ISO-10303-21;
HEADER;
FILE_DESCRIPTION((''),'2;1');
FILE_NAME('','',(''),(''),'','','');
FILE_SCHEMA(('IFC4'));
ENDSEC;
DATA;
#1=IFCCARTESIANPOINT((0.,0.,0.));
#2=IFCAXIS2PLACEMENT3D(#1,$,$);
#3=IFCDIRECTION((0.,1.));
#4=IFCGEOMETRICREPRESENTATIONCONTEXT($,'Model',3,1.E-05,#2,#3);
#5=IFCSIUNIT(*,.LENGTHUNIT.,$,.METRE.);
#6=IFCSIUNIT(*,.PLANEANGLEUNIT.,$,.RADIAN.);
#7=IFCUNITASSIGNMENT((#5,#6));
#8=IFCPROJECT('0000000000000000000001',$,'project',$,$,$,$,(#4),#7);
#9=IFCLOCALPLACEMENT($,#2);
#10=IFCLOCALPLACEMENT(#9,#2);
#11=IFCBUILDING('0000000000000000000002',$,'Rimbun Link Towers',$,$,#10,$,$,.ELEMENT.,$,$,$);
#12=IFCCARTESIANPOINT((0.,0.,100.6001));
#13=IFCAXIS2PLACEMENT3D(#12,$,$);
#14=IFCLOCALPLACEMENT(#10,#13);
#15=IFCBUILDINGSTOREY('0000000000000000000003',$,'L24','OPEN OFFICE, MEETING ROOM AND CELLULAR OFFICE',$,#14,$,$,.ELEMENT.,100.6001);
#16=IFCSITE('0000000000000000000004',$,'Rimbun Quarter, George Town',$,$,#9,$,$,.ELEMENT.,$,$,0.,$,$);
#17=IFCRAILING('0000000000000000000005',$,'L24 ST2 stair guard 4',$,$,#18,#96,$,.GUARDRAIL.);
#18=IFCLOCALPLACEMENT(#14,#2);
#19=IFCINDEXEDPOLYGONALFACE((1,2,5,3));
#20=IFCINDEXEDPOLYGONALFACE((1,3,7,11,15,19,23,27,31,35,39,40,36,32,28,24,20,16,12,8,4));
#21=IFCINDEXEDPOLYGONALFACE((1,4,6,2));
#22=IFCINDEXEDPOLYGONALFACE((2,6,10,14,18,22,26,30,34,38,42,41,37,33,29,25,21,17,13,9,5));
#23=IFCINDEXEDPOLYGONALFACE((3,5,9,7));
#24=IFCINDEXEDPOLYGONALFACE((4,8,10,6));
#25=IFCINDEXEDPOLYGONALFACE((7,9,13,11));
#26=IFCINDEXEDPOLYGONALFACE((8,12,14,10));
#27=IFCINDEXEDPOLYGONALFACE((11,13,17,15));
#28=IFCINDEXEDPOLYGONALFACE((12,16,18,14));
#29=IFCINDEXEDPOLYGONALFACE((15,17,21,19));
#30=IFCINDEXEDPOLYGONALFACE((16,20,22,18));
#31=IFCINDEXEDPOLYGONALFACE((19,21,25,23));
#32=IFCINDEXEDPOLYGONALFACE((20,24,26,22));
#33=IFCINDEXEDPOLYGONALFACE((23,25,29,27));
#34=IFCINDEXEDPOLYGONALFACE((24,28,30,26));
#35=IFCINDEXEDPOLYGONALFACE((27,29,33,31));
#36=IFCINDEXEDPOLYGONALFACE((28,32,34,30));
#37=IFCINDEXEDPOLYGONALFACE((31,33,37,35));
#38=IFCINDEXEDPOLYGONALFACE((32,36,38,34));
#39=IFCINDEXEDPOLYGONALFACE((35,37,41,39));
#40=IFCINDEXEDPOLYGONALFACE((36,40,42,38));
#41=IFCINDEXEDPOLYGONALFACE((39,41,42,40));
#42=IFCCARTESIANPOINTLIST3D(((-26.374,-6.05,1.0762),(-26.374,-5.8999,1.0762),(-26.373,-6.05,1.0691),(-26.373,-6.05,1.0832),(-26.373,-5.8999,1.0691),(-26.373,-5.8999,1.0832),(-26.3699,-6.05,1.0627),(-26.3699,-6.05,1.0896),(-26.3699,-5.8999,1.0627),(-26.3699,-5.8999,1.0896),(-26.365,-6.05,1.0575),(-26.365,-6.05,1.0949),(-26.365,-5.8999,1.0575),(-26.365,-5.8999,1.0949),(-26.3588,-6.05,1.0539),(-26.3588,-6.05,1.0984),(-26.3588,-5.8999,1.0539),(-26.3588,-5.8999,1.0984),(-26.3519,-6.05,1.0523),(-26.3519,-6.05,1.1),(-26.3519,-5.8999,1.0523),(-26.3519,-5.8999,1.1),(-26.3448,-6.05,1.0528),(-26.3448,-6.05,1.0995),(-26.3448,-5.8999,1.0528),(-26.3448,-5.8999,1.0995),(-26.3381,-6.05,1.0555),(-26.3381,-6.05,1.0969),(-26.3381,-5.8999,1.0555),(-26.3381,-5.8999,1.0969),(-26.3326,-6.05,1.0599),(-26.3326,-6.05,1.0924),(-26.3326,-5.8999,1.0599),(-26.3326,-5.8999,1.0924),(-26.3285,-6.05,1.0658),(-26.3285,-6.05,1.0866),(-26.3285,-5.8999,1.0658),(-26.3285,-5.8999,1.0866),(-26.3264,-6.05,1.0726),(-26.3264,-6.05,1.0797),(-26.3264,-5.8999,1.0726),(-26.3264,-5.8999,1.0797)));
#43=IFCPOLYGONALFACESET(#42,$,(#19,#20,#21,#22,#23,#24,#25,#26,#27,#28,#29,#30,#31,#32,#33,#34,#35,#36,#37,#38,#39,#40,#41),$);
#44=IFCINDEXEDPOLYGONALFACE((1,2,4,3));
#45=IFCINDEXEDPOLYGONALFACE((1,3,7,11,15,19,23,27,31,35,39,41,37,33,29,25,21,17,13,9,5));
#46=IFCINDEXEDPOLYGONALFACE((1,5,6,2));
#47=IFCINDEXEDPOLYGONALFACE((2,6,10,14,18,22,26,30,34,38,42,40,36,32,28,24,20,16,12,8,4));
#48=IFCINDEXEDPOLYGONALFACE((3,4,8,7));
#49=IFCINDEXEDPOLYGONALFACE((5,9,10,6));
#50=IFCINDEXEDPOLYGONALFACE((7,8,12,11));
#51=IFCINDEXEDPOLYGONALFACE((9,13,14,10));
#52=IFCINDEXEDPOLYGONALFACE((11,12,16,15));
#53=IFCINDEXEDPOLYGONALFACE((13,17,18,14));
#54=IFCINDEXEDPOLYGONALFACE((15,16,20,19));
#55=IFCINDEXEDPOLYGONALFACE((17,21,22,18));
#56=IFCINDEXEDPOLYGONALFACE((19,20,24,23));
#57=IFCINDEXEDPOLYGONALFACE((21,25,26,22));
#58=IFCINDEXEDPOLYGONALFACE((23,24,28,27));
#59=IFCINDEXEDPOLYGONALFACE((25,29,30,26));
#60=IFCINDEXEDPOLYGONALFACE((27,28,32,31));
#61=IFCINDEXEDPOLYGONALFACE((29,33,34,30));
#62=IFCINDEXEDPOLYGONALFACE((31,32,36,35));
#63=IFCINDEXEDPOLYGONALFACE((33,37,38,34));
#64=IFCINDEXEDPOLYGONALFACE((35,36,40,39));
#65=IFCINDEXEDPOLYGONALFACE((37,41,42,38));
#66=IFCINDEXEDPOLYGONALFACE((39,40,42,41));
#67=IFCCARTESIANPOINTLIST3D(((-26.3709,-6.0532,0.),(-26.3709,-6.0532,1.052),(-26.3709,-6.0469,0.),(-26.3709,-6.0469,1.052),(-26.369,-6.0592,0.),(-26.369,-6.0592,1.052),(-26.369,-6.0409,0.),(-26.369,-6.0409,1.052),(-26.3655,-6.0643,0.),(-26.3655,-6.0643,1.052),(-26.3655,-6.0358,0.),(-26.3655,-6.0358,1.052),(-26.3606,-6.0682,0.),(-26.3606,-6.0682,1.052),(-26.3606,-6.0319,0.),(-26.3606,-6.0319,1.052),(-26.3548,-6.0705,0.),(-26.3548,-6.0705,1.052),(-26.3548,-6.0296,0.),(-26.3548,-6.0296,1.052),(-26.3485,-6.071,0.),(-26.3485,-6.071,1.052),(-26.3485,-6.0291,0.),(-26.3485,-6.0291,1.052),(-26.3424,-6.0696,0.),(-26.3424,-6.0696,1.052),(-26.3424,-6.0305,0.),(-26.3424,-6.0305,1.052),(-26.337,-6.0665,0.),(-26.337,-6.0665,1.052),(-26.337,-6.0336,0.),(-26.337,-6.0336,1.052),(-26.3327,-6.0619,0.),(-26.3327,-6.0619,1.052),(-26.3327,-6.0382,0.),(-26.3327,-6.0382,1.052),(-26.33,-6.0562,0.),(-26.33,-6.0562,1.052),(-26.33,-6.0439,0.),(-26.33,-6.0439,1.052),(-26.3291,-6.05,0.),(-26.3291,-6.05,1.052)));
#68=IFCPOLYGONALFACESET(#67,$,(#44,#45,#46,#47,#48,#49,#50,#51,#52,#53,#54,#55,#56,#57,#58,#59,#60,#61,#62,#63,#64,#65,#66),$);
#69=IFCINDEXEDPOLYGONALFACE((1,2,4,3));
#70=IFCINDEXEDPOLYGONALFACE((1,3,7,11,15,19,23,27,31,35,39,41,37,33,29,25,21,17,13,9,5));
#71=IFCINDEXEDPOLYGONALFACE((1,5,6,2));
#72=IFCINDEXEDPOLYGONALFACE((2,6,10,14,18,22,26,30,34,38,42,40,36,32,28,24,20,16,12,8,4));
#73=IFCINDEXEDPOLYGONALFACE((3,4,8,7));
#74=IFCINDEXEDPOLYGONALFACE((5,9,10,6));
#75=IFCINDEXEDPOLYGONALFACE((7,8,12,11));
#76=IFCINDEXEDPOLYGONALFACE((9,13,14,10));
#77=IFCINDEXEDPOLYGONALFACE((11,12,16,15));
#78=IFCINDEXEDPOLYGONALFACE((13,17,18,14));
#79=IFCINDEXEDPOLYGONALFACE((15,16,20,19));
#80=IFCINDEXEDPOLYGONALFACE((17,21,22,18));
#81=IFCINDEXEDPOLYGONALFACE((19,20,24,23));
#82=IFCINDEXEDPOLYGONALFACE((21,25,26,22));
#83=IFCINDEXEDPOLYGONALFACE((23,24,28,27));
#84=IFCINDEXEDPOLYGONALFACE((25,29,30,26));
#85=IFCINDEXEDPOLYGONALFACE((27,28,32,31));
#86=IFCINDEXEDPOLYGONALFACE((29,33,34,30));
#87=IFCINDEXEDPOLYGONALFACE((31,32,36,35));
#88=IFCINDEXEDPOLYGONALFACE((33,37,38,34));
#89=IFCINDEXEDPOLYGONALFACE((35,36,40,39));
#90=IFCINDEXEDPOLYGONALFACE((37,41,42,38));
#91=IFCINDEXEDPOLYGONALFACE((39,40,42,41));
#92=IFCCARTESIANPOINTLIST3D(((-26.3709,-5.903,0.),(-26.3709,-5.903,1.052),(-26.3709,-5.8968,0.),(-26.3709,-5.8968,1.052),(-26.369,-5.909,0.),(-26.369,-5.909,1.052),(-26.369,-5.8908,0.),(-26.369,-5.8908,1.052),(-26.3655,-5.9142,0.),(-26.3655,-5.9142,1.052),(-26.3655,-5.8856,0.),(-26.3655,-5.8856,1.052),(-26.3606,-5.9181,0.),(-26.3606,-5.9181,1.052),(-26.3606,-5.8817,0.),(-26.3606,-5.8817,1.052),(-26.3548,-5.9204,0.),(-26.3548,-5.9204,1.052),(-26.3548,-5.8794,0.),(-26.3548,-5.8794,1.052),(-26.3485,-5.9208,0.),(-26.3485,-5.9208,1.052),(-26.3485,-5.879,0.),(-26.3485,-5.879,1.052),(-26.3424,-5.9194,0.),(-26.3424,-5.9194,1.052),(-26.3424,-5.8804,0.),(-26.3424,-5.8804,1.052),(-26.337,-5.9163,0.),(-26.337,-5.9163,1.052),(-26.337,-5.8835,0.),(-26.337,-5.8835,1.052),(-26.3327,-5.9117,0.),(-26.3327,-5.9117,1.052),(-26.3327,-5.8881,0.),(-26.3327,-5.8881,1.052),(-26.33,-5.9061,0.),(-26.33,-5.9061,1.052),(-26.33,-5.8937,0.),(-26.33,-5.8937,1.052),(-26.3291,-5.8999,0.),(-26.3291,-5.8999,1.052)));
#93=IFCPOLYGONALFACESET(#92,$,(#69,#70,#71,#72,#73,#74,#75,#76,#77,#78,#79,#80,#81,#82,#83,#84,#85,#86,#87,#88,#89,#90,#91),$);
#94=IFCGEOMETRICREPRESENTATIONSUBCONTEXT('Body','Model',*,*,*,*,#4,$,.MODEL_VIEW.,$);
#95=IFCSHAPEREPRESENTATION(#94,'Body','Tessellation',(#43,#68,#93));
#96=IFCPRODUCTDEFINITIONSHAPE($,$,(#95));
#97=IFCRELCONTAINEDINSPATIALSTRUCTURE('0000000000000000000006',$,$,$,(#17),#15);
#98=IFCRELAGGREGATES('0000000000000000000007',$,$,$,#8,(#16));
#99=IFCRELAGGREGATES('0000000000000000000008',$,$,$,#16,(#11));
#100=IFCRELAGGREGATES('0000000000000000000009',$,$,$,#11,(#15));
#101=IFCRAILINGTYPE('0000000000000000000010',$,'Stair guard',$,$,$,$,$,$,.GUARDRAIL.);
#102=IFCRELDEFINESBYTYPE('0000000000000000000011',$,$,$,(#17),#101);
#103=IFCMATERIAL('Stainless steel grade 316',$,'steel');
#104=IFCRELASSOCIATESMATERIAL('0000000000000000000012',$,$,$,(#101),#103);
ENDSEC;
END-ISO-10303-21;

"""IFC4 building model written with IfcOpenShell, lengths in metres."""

from ifc_helpers import new_model, si_unit, direction, frame, origin, origin_2d, place, context, subcontext, project, spatial, circle, extrude, material, type_object, element, save


model = new_model("IFC4")

# Units and contexts
model_context = context("Model", 3, precision=1e-05, world=origin(), true_north=direction((0.0, 1.0)))
body_context = subcontext(model_context, "Body", "Model", "MODEL_VIEW")
ifc_project = project(units=[si_unit("LENGTHUNIT", "METRE"), si_unit("PLANEANGLEUNIT", "RADIAN")], contexts=[model_context])

# Site, building, storey
site_placement = place(None, origin())
site = spatial("IfcSite", under=ifc_project, at=site_placement, Name="Rimbun Quarter, George Town", CompositionType="ELEMENT", RefElevation=0.0)
building_placement = place(site_placement, origin())
building = spatial("IfcBuilding", under=site, at=building_placement, Name="Rimbun Link Towers", CompositionType="ELEMENT")
storey_placement = place(building_placement, frame((0.0, 0.0, 100.6001)))
storey = spatial("IfcBuildingStorey", under=building, at=storey_placement, Name="L24", Description="OPEN OFFICE, MEETING ROOM AND CELLULAR OFFICE", CompositionType="ELEMENT", Elevation=100.6001)

# Railing
ifc_material_1 = material(Name="Stainless steel grade 316", Category="steel")
railing_type_1 = type_object("IfcRailingType", Name="Stair guard", PredefinedType="GUARDRAIL", material=ifc_material_1)
railing_1_placement = place(storey_placement, frame((-26.3501, -6.05, 0.0)))
element("IfcRailing", 1, at=railing_1_placement, inside=storey, type_object=railing_type_1, Name="L24 ST2 stair guard 4", PredefinedType="GUARDRAIL", context=body_context, shape_type="SweptSolid", body=[
    extrude(circle(Radius=0.0239, at=origin_2d()), frame((0.0, 0.0, 1.0762), z_axis=(0.0, 1.0, 0.0), x_axis=(-1.0, 0.0, 0.0)), (0.0, 0.0, 1.0), 0.1501),
    extrude(circle(Radius=0.021, at=origin_2d()), origin(), (0.0, 0.0, 1.0), 1.052),
    extrude(circle(Radius=0.021, at=origin_2d()), frame((0.0, 0.1501, 0.0)), (0.0, 0.0, 1.0), 1.052),
])

save(model, "model.ifc")
